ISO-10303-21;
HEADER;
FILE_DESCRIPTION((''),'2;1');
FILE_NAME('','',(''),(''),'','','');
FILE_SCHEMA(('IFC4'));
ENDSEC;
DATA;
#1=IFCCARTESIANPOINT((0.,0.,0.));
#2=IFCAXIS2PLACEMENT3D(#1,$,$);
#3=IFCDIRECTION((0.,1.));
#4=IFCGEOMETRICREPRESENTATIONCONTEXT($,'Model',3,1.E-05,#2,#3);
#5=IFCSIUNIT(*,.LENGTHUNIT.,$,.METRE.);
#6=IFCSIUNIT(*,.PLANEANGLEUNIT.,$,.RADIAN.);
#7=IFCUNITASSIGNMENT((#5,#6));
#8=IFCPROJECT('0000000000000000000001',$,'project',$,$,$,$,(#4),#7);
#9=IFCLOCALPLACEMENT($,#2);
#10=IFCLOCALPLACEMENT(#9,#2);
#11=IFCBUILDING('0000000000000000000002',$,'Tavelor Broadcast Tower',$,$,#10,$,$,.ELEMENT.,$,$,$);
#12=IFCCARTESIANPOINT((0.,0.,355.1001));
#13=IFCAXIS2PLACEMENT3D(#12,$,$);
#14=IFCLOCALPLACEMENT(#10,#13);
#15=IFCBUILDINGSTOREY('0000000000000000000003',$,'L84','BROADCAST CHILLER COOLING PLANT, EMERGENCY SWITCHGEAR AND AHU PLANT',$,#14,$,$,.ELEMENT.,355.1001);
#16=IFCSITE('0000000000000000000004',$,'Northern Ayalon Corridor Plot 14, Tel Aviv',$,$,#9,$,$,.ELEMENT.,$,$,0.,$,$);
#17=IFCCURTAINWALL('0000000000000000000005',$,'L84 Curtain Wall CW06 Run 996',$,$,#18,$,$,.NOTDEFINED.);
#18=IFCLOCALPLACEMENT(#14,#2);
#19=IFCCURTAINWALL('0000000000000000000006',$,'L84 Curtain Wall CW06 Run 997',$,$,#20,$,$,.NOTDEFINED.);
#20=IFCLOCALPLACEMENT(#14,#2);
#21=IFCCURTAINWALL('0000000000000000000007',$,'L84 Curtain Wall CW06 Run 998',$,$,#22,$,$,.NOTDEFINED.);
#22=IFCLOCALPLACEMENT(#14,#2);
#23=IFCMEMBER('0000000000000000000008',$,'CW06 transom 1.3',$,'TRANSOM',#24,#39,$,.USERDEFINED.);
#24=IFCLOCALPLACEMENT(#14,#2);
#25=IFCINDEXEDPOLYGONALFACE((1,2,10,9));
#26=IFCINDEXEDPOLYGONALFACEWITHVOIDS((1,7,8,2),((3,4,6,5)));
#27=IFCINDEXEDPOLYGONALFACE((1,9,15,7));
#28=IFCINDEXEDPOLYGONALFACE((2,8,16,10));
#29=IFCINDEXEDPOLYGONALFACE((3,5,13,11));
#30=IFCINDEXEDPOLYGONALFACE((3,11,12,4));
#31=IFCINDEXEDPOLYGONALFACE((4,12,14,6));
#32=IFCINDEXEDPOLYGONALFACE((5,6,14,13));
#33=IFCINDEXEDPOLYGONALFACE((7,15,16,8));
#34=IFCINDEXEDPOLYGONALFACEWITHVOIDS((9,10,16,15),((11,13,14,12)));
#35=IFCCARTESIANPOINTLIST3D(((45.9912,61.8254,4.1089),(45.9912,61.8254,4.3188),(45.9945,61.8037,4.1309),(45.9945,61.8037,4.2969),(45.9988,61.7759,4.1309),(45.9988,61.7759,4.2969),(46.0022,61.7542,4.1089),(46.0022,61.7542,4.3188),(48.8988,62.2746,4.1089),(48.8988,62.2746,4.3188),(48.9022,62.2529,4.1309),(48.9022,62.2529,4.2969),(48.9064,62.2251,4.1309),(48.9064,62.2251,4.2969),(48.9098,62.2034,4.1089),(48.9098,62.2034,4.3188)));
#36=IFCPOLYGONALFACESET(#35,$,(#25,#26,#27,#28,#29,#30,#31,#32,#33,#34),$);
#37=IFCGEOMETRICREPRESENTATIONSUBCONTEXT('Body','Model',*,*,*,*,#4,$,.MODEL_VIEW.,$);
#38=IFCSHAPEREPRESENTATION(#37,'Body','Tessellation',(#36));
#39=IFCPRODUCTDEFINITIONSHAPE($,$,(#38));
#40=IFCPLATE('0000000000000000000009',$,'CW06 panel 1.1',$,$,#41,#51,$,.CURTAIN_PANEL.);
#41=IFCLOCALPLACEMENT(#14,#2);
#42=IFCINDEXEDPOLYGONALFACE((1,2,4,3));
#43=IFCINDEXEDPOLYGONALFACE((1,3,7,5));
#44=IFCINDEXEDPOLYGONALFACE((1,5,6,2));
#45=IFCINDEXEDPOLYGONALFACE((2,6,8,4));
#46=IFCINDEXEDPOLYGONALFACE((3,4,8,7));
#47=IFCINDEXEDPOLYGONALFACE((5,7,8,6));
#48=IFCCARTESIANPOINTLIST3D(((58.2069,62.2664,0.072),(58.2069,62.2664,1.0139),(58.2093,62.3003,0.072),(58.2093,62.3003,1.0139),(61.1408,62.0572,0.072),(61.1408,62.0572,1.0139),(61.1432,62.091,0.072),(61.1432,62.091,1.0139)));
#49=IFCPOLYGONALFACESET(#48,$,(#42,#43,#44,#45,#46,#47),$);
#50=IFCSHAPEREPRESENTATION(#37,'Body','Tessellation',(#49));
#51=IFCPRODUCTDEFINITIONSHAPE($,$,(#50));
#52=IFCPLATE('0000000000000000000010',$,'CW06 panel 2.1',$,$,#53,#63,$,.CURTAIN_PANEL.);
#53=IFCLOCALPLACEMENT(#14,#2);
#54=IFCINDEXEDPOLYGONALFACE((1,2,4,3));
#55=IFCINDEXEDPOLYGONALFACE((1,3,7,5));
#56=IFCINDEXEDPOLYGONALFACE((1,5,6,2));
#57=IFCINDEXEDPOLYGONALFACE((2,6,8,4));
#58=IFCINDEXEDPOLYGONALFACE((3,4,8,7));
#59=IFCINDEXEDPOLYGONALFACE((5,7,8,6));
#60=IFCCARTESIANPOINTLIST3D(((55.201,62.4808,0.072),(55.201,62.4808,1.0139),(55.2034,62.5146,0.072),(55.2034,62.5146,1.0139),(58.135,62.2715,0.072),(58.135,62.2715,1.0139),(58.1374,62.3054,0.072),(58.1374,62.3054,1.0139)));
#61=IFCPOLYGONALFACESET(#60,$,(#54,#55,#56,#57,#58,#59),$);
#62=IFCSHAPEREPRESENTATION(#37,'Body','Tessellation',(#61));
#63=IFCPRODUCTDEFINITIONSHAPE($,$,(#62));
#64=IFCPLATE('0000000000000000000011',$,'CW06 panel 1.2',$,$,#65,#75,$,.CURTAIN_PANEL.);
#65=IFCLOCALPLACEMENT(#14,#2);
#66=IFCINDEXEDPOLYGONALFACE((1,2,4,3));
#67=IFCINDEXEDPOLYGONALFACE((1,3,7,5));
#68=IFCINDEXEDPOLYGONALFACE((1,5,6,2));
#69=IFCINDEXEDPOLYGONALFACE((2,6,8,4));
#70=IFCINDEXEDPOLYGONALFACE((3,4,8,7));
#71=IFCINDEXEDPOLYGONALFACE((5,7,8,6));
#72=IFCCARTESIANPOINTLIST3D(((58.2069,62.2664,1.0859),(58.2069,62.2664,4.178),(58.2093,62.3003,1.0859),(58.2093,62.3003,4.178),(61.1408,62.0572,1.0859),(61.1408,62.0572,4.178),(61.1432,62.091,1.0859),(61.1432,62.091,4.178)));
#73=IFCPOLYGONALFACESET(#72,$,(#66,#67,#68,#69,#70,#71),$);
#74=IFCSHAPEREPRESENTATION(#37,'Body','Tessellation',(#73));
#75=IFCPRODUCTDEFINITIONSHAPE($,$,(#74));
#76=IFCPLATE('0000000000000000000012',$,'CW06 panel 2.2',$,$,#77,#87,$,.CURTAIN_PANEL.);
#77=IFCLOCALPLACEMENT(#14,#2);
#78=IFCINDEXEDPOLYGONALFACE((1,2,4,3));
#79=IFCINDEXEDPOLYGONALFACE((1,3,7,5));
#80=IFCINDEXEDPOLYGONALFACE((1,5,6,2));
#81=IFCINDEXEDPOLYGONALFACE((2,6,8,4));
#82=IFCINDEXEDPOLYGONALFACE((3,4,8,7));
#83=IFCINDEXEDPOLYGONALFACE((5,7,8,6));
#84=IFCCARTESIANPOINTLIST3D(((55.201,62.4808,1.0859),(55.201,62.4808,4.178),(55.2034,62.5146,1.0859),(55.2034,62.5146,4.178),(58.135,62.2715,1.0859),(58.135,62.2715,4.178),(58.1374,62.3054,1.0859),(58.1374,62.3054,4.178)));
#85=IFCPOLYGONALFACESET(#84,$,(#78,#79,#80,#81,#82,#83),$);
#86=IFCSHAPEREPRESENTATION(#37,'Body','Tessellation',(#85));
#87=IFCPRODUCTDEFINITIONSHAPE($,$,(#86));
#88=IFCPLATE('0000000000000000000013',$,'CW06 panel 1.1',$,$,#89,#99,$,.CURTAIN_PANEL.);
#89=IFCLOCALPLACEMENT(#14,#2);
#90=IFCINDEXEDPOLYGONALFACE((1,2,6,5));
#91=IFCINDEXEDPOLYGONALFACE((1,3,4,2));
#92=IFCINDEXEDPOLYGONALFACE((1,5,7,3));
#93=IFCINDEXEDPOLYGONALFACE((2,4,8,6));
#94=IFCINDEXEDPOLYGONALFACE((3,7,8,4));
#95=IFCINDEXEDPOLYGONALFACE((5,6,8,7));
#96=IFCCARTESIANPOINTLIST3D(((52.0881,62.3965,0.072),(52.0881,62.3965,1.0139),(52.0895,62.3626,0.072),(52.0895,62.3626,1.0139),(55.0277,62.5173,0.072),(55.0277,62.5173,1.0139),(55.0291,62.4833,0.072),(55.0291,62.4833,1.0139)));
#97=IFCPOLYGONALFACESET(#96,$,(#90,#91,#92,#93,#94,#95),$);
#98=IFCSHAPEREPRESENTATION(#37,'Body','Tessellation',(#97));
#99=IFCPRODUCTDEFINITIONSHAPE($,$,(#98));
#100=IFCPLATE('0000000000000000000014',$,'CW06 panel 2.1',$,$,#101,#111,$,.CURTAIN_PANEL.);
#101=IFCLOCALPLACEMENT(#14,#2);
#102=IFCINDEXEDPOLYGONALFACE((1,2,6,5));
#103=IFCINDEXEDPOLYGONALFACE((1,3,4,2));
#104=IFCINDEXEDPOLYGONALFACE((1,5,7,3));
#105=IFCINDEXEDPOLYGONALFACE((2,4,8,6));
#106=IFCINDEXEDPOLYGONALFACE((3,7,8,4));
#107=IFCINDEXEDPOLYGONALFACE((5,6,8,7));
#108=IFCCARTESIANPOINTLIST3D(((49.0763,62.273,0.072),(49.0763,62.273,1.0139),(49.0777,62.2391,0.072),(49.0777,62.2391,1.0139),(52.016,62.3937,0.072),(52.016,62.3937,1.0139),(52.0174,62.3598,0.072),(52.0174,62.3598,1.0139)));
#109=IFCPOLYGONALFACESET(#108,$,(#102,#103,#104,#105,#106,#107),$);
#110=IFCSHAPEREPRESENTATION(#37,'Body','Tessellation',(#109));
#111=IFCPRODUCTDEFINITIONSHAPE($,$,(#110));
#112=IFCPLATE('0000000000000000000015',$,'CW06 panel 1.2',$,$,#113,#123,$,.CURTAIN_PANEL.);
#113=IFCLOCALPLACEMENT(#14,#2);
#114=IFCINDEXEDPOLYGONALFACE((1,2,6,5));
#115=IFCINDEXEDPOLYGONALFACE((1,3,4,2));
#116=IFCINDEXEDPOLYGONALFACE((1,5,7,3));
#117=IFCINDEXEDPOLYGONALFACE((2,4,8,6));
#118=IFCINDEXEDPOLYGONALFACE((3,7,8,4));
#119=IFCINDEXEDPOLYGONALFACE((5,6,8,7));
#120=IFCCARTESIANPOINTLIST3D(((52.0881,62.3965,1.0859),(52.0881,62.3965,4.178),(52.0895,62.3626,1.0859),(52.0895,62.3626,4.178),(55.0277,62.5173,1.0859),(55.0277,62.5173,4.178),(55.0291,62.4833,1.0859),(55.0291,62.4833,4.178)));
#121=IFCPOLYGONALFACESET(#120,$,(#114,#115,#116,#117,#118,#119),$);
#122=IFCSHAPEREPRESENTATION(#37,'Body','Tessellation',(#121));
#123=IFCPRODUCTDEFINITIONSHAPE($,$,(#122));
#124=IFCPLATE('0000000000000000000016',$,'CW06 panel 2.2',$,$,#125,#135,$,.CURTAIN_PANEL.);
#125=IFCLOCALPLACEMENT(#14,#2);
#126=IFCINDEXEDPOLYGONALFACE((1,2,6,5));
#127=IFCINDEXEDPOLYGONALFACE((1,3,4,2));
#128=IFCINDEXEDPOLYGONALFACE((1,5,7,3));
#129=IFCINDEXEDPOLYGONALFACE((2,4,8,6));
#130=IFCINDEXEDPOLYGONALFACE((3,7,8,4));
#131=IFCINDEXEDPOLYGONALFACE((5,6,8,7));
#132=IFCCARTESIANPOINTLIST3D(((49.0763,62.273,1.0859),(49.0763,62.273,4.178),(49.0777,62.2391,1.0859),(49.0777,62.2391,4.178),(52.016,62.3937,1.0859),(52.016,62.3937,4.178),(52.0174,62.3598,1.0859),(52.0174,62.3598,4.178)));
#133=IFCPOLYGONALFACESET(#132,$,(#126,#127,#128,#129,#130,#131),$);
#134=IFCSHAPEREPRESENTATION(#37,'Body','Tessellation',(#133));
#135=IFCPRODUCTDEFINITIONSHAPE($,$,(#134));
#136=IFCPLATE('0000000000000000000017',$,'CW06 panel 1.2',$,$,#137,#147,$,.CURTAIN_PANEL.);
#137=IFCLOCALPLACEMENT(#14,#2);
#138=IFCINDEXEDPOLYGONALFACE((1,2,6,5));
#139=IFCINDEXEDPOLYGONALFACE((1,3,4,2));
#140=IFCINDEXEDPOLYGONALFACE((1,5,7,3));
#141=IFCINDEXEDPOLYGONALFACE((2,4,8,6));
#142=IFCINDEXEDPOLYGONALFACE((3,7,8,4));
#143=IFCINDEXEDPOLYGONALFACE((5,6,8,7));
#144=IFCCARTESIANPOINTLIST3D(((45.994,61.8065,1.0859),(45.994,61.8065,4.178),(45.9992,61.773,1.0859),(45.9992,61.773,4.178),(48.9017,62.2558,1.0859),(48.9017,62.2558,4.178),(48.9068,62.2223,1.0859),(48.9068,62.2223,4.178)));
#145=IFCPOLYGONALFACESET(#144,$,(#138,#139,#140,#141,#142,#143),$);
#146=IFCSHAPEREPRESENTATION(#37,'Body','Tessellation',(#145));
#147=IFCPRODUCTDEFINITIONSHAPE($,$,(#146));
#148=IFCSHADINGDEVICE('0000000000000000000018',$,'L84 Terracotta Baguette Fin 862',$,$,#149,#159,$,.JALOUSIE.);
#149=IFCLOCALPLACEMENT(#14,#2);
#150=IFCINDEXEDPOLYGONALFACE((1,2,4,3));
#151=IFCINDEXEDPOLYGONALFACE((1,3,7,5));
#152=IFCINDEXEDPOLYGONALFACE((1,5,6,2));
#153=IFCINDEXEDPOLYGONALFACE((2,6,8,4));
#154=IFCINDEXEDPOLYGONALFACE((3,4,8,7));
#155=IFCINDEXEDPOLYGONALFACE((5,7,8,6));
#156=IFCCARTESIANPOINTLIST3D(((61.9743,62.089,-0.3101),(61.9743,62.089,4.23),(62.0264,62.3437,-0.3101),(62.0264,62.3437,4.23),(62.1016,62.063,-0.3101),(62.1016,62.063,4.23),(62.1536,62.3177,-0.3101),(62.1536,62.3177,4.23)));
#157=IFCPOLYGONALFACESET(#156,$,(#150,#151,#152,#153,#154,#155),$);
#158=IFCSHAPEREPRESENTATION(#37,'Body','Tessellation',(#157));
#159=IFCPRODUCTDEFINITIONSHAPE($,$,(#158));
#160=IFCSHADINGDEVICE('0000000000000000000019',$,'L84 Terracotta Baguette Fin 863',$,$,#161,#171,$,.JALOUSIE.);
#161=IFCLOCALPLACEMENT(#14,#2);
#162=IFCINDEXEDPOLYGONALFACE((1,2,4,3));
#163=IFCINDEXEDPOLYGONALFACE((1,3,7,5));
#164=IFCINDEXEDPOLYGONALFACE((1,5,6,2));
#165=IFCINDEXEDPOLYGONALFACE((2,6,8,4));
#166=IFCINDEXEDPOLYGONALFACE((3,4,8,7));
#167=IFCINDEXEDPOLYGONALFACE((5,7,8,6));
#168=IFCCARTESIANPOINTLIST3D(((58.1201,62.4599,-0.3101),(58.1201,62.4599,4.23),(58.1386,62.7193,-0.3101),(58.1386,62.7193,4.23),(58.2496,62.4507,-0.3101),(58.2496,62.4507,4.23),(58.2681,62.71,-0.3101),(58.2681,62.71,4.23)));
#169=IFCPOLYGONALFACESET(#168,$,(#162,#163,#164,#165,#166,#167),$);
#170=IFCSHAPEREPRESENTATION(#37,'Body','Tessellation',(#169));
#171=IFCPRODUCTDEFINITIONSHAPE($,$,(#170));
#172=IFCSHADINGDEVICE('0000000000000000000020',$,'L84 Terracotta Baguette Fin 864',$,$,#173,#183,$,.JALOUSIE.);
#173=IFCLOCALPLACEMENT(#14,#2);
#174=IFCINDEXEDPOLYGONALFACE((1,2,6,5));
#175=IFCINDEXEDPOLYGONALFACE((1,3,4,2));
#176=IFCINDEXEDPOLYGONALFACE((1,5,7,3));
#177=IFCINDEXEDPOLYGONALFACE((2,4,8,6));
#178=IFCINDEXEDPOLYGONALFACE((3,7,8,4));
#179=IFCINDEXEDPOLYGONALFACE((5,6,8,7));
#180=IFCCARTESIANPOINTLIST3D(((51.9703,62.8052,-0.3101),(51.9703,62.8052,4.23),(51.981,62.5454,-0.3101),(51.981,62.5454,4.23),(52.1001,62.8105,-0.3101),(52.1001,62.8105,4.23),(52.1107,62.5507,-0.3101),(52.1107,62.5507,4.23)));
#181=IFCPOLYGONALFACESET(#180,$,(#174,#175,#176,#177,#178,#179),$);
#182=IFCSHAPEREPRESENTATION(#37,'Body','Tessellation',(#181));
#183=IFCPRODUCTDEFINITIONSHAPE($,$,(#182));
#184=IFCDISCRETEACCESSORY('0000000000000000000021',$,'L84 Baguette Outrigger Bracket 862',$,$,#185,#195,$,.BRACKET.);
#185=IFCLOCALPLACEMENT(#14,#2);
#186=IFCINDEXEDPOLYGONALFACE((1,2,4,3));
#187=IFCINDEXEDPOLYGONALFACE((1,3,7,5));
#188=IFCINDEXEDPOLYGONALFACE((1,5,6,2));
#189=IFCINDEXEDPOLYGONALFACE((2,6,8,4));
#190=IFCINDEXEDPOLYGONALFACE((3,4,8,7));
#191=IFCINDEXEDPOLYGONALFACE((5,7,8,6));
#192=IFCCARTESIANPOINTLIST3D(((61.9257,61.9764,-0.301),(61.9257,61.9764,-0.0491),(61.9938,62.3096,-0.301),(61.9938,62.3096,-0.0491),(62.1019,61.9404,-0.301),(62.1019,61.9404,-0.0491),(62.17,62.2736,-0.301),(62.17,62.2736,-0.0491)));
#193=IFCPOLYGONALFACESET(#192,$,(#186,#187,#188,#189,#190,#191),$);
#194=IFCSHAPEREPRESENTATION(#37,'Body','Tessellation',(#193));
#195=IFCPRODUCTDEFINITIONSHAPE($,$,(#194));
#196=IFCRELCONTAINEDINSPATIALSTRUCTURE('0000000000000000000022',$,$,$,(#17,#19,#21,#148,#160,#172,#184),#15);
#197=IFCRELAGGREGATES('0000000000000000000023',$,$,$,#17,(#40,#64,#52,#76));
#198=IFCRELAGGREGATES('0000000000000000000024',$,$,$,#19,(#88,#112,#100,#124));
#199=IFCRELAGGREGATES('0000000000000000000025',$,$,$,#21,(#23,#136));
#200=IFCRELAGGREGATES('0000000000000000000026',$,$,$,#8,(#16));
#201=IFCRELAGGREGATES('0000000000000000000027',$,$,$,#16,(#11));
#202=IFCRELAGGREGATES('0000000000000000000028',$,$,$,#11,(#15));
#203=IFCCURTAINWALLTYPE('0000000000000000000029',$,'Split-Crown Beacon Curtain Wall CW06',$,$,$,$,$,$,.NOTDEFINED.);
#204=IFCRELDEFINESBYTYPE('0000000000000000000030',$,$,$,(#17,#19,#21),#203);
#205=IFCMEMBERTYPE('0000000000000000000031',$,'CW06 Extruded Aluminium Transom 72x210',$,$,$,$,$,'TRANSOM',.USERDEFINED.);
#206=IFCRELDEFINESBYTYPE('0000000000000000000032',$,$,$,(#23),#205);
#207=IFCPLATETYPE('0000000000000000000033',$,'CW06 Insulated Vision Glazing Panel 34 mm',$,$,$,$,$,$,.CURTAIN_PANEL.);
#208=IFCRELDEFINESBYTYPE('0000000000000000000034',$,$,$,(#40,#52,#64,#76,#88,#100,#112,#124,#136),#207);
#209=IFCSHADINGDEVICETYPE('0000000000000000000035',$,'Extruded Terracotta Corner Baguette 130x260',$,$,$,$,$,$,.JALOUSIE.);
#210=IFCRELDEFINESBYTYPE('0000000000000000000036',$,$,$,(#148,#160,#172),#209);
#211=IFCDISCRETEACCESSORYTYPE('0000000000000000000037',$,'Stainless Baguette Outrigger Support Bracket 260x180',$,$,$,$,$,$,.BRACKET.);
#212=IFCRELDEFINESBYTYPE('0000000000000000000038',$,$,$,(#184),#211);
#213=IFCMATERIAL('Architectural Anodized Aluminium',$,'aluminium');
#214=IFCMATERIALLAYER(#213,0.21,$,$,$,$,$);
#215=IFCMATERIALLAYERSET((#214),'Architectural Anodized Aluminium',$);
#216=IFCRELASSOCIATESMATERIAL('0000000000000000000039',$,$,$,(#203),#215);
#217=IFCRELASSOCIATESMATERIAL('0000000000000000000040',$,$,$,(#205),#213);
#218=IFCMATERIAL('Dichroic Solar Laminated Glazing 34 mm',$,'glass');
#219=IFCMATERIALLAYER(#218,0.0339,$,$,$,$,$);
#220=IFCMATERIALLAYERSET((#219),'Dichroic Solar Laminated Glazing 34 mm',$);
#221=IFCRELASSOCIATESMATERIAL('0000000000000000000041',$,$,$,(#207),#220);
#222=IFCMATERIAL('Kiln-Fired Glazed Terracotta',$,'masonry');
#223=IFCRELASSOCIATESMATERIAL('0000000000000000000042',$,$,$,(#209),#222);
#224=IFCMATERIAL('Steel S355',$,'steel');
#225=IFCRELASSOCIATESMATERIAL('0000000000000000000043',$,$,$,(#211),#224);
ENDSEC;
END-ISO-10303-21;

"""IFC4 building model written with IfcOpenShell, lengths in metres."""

from ifc_helpers import new_model, si_unit, direction, frame, origin, origin_2d, place, context, subcontext, project, spatial, rectangle, hollow_rectangle, extrude, source, transform, mapped, material, layer, layer_set, material_profile, profile_set, type_object, type_shapes, element, aggregate, save


model = new_model("IFC4")

# Units and contexts
model_context = context("Model", 3, precision=1e-05, world=origin(), true_north=direction((0.0, 1.0)))
body_context = subcontext(model_context, "Body", "Model", "MODEL_VIEW")
ifc_project = project(units=[si_unit("LENGTHUNIT", "METRE"), si_unit("PLANEANGLEUNIT", "RADIAN")], contexts=[model_context])

# Site, building, storey
site_placement = place(None, origin())
site = spatial("IfcSite", under=ifc_project, at=site_placement, Name="Northern Ayalon Corridor Plot 14, Tel Aviv", CompositionType="ELEMENT", RefElevation=0.0)
building_placement = place(site_placement, origin())
building = spatial("IfcBuilding", under=site, at=building_placement, Name="Tavelor Broadcast Tower", CompositionType="ELEMENT")
storey_placement = place(building_placement, frame((0.0, 0.0, 355.1001)))
storey = spatial("IfcBuildingStorey", under=building, at=storey_placement, Name="L84", Description="BROADCAST CHILLER COOLING PLANT, EMERGENCY SWITCHGEAR AND AHU PLANT", CompositionType="ELEMENT", Elevation=355.1001)

# Shared definitions
ifc_material_1 = material(Name="Architectural Anodized Aluminium", Category="aluminium")
ifc_layer_1 = layer(ifc_material_1, 0.21)
ifc_layer_set_1 = layer_set([ifc_layer_1], Name="Architectural Anodized Aluminium")
curtain_wall_type = type_object("IfcCurtainWallType", Name="Split-Crown Beacon Curtain Wall CW06", PredefinedType="NOTDEFINED", material=ifc_layer_set_1)

# Curtain walls
curtain_wall_1_placement = place(storey_placement, origin())
curtain_wall_1 = element("IfcCurtainWall", 1, at=curtain_wall_1_placement, inside=storey, type_object=curtain_wall_type, Name="L84 Curtain Wall CW06 Run 996", PredefinedType="NOTDEFINED")
curtain_wall_2_placement = place(storey_placement, origin())
curtain_wall_2 = element("IfcCurtainWall", 2, at=curtain_wall_2_placement, inside=storey, type_object=curtain_wall_type, Name="L84 Curtain Wall CW06 Run 997", PredefinedType="NOTDEFINED")

# Curtain wall
curtain_wall_3_placement = place(storey_placement, origin())
curtain_wall_3 = element("IfcCurtainWall", 3, at=curtain_wall_3_placement, inside=storey, type_object=curtain_wall_type, Name="L84 Curtain Wall CW06 Run 998", PredefinedType="NOTDEFINED")

# Member
ifc_material_profile_1 = material_profile(ifc_material_1, hollow_rectangle(XDim=0.072, YDim=0.21, WallThickness=0.022, at=origin_2d()), Name="RHS 72x210x22")
ifc_profile_set_1 = profile_set([ifc_material_profile_1], Name="Architectural Anodized Aluminium")
member_type_1 = type_object("IfcMemberType", Name="CW06 Extruded Aluminium Transom 72x210", ElementType="TRANSOM", PredefinedType="USERDEFINED", material=ifc_profile_set_1)
shared_shape_1 = source(origin(), body_context, "Body", "SweptSolid", [
    extrude(hollow_rectangle(XDim=0.072, YDim=0.21, WallThickness=0.022, at=origin_2d()), origin(), (0.0, 0.0, 1.0), 2.9421),
])
member_1_placement = place(storey_placement, frame((48.9043, 62.239, 4.2139), z_axis=(-0.988276, -0.152681, 0.0), x_axis=(0.152681, -0.988276, 0.0)))
member_1 = element("IfcMember", 4, at=member_1_placement, type_object=member_type_1, Name="CW06 transom 1.3", ObjectType="TRANSOM", PredefinedType="USERDEFINED", context=body_context, shape_type="MappedRepresentation", body=[
    mapped(shared_shape_1, transform((0.0, 0.0, 0.0), scale=1.0)),
])

# Plates
ifc_material_2 = material(Name="Dichroic Solar Laminated Glazing 34 mm", Category="glass")
ifc_layer_2 = layer(ifc_material_2, 0.0339)
ifc_layer_set_2 = layer_set([ifc_layer_2], Name="Dichroic Solar Laminated Glazing 34 mm")
plate_type = type_object("IfcPlateType", Name="CW06 Insulated Vision Glazing Panel 34 mm", PredefinedType="CURTAIN_PANEL", material=ifc_layer_set_2)
shared_shape_2 = source(origin(), body_context, "Body", "SweptSolid", [
    extrude(rectangle(XDim=2.9414, YDim=0.0339, at=origin_2d()), origin(), (0.0, 0.0, 1.0), 0.9419),
])
plate_1_placement = place(storey_placement, frame((59.675, 62.1787, 0.072), z_axis=(0.0, 0.0, 1.0), x_axis=(-0.997466, 0.071142, 0.0)))
plate_1 = element("IfcPlate", 5, at=plate_1_placement, type_object=plate_type, Name="CW06 panel 1.1", PredefinedType="CURTAIN_PANEL", context=body_context, shape_type="MappedRepresentation", body=[
    mapped(shared_shape_2, transform((0.0, 0.0, 0.0), scale=1.0)),
])
plate_2_placement = place(storey_placement, frame((56.6692, 62.3931, 0.072), z_axis=(0.0, 0.0, 1.0), x_axis=(-0.997466, 0.071142, 0.0)))
plate_2 = element("IfcPlate", 6, at=plate_2_placement, type_object=plate_type, Name="CW06 panel 2.1", PredefinedType="CURTAIN_PANEL", context=body_context, shape_type="MappedRepresentation", body=[
    mapped(shared_shape_2, transform((0.0, 0.0, 0.0), scale=1.0)),
])
shared_shape_3 = source(origin(), body_context, "Body", "SweptSolid", [
    extrude(rectangle(XDim=2.9414, YDim=0.0339, at=origin_2d()), origin(), (0.0, 0.0, 1.0), 3.092),
])
plate_3_placement = place(storey_placement, frame((59.675, 62.1787, 1.0859), z_axis=(0.0, 0.0, 1.0), x_axis=(-0.997466, 0.071142, 0.0)))
plate_3 = element("IfcPlate", 7, at=plate_3_placement, type_object=plate_type, Name="CW06 panel 1.2", PredefinedType="CURTAIN_PANEL", context=body_context, shape_type="MappedRepresentation", body=[
    mapped(shared_shape_3, transform((0.0, 0.0, 0.0), scale=1.0)),
])
plate_4_placement = place(storey_placement, frame((56.6692, 62.3931, 1.0859), z_axis=(0.0, 0.0, 1.0), x_axis=(-0.997466, 0.071142, 0.0)))
plate_4 = element("IfcPlate", 8, at=plate_4_placement, type_object=plate_type, Name="CW06 panel 2.2", PredefinedType="CURTAIN_PANEL", context=body_context, shape_type="MappedRepresentation", body=[
    mapped(shared_shape_3, transform((0.0, 0.0, 0.0), scale=1.0)),
])
aggregate(curtain_wall_1, [plate_1, plate_3, plate_2, plate_4])
shared_shape_4 = source(origin(), body_context, "Body", "SweptSolid", [
    extrude(rectangle(XDim=2.9421, YDim=0.0339, at=origin_2d()), origin(), (0.0, 0.0, 1.0), 0.9419),
])
plate_5_placement = place(storey_placement, frame((53.5586, 62.4399, 0.072), z_axis=(0.0, 0.0, 1.0), x_axis=(-0.999158, -0.041031, 0.0)))
plate_5 = element("IfcPlate", 9, at=plate_5_placement, type_object=plate_type, Name="CW06 panel 1.1", PredefinedType="CURTAIN_PANEL", context=body_context, shape_type="MappedRepresentation", body=[
    mapped(shared_shape_4, transform((0.0, 0.0, 0.0), scale=1.0)),
])
plate_6_placement = place(storey_placement, frame((50.5469, 62.3164, 0.072), z_axis=(0.0, 0.0, 1.0), x_axis=(-0.999158, -0.041031, 0.0)))
plate_6 = element("IfcPlate", 10, at=plate_6_placement, type_object=plate_type, Name="CW06 panel 2.1", PredefinedType="CURTAIN_PANEL", context=body_context, shape_type="MappedRepresentation", body=[
    mapped(shared_shape_4, transform((0.0, 0.0, 0.0), scale=1.0)),
])
shared_shape_5 = source(origin(), body_context, "Body", "SweptSolid", [
    extrude(rectangle(XDim=2.9421, YDim=0.0339, at=origin_2d()), origin(), (0.0, 0.0, 1.0), 3.092),
])
type_shapes(plate_type, [shared_shape_2, shared_shape_3, shared_shape_4, shared_shape_5])
plate_7_placement = place(storey_placement, frame((53.5586, 62.4399, 1.0859), z_axis=(0.0, 0.0, 1.0), x_axis=(-0.999158, -0.041031, 0.0)))
plate_7 = element("IfcPlate", 11, at=plate_7_placement, type_object=plate_type, Name="CW06 panel 1.2", PredefinedType="CURTAIN_PANEL", context=body_context, shape_type="MappedRepresentation", body=[
    mapped(shared_shape_5, transform((0.0, 0.0, 0.0), scale=1.0)),
])
plate_8_placement = place(storey_placement, frame((50.5469, 62.3164, 1.0859), z_axis=(0.0, 0.0, 1.0), x_axis=(-0.999158, -0.041031, 0.0)))
plate_8 = element("IfcPlate", 12, at=plate_8_placement, type_object=plate_type, Name="CW06 panel 2.2", PredefinedType="CURTAIN_PANEL", context=body_context, shape_type="MappedRepresentation", body=[
    mapped(shared_shape_5, transform((0.0, 0.0, 0.0), scale=1.0)),
])
aggregate(curtain_wall_2, [plate_5, plate_7, plate_6, plate_8])
plate_9_placement = place(storey_placement, frame((47.4504, 62.0144, 1.0859), z_axis=(0.0, 0.0, 1.0), x_axis=(-0.98827, -0.152715, 0.0)))
plate_9 = element("IfcPlate", 13, at=plate_9_placement, type_object=plate_type, Name="CW06 panel 1.2", PredefinedType="CURTAIN_PANEL", context=body_context, shape_type="MappedRepresentation", body=[
    mapped(shared_shape_5, transform((0.0, 0.0, 0.0), scale=1.0)),
])
aggregate(curtain_wall_3, [member_1, plate_9])

# Shading devices
ifc_material_3 = material(Name="Kiln-Fired Glazed Terracotta", Category="masonry")
shading_device_type = type_object("IfcShadingDeviceType", Name="Extruded Terracotta Corner Baguette 130x260", PredefinedType="JALOUSIE", material=ifc_material_3)
shared_shape_6 = source(origin(), body_context, "Body", "SweptSolid", [
    extrude(rectangle(XDim=0.1299, YDim=0.26, at=origin_2d()), origin(), (0.0, 0.0, 1.0), 4.54),
])
type_shapes(shading_device_type, [shared_shape_6])
for number, where, z_axis, x_axis, name in (
    (14, (62.064, 62.2034, -0.3101), (0.0, 0.0, 1.0), (-0.97975, 0.200223, 0.0), "L84 Terracotta Baguette Fin 862"),
    (15, (58.1941, 62.585, -0.3101), (0.0, 0.0, 1.0), (-0.997466, 0.071149, 0.0), "L84 Terracotta Baguette Fin 863"),
    (16, (52.0405, 62.678, -0.3101), (0.0, 0.0, 1.0), (-0.999159, -0.041004, 0.0), "L84 Terracotta Baguette Fin 864"),
):
    element("IfcShadingDevice", number, at=place(storey_placement, frame(where, z_axis=z_axis, x_axis=x_axis)), inside=storey, type_object=shading_device_type, Name=name, PredefinedType="JALOUSIE", context=body_context, shape_type="MappedRepresentation", body=[
        mapped(shared_shape_6, transform((0.0, 0.0, 0.0), scale=1.0)),
    ])

# Discrete accessory
ifc_material_4 = material(Name="Steel S355", Category="steel")
discrete_accessory_type = type_object("IfcDiscreteAccessoryType", Name="Stainless Baguette Outrigger Support Bracket 260x180", PredefinedType="BRACKET", material=ifc_material_4)
shared_shape_7 = source(origin(), body_context, "Body", "SweptSolid", [
    extrude(rectangle(XDim=0.1799, YDim=0.3401, at=origin_2d()), origin(), (0.0, 0.0, 1.0), 0.252),
])
type_shapes(discrete_accessory_type, [shared_shape_7])
for number, where, z_axis, x_axis, name in (
    (17, (62.0479, 62.125, -0.301), (0.0, 0.0, 1.0), (-0.97975, 0.200223, 0.0), "L84 Baguette Outrigger Bracket 862"),
):
    element("IfcDiscreteAccessory", number, at=place(storey_placement, frame(where, z_axis=z_axis, x_axis=x_axis)), inside=storey, type_object=discrete_accessory_type, Name=name, PredefinedType="BRACKET", context=body_context, shape_type="MappedRepresentation", body=[
        mapped(shared_shape_7, transform((0.0, 0.0, 0.0), scale=1.0)),
    ])

save(model, "model.ifc")
